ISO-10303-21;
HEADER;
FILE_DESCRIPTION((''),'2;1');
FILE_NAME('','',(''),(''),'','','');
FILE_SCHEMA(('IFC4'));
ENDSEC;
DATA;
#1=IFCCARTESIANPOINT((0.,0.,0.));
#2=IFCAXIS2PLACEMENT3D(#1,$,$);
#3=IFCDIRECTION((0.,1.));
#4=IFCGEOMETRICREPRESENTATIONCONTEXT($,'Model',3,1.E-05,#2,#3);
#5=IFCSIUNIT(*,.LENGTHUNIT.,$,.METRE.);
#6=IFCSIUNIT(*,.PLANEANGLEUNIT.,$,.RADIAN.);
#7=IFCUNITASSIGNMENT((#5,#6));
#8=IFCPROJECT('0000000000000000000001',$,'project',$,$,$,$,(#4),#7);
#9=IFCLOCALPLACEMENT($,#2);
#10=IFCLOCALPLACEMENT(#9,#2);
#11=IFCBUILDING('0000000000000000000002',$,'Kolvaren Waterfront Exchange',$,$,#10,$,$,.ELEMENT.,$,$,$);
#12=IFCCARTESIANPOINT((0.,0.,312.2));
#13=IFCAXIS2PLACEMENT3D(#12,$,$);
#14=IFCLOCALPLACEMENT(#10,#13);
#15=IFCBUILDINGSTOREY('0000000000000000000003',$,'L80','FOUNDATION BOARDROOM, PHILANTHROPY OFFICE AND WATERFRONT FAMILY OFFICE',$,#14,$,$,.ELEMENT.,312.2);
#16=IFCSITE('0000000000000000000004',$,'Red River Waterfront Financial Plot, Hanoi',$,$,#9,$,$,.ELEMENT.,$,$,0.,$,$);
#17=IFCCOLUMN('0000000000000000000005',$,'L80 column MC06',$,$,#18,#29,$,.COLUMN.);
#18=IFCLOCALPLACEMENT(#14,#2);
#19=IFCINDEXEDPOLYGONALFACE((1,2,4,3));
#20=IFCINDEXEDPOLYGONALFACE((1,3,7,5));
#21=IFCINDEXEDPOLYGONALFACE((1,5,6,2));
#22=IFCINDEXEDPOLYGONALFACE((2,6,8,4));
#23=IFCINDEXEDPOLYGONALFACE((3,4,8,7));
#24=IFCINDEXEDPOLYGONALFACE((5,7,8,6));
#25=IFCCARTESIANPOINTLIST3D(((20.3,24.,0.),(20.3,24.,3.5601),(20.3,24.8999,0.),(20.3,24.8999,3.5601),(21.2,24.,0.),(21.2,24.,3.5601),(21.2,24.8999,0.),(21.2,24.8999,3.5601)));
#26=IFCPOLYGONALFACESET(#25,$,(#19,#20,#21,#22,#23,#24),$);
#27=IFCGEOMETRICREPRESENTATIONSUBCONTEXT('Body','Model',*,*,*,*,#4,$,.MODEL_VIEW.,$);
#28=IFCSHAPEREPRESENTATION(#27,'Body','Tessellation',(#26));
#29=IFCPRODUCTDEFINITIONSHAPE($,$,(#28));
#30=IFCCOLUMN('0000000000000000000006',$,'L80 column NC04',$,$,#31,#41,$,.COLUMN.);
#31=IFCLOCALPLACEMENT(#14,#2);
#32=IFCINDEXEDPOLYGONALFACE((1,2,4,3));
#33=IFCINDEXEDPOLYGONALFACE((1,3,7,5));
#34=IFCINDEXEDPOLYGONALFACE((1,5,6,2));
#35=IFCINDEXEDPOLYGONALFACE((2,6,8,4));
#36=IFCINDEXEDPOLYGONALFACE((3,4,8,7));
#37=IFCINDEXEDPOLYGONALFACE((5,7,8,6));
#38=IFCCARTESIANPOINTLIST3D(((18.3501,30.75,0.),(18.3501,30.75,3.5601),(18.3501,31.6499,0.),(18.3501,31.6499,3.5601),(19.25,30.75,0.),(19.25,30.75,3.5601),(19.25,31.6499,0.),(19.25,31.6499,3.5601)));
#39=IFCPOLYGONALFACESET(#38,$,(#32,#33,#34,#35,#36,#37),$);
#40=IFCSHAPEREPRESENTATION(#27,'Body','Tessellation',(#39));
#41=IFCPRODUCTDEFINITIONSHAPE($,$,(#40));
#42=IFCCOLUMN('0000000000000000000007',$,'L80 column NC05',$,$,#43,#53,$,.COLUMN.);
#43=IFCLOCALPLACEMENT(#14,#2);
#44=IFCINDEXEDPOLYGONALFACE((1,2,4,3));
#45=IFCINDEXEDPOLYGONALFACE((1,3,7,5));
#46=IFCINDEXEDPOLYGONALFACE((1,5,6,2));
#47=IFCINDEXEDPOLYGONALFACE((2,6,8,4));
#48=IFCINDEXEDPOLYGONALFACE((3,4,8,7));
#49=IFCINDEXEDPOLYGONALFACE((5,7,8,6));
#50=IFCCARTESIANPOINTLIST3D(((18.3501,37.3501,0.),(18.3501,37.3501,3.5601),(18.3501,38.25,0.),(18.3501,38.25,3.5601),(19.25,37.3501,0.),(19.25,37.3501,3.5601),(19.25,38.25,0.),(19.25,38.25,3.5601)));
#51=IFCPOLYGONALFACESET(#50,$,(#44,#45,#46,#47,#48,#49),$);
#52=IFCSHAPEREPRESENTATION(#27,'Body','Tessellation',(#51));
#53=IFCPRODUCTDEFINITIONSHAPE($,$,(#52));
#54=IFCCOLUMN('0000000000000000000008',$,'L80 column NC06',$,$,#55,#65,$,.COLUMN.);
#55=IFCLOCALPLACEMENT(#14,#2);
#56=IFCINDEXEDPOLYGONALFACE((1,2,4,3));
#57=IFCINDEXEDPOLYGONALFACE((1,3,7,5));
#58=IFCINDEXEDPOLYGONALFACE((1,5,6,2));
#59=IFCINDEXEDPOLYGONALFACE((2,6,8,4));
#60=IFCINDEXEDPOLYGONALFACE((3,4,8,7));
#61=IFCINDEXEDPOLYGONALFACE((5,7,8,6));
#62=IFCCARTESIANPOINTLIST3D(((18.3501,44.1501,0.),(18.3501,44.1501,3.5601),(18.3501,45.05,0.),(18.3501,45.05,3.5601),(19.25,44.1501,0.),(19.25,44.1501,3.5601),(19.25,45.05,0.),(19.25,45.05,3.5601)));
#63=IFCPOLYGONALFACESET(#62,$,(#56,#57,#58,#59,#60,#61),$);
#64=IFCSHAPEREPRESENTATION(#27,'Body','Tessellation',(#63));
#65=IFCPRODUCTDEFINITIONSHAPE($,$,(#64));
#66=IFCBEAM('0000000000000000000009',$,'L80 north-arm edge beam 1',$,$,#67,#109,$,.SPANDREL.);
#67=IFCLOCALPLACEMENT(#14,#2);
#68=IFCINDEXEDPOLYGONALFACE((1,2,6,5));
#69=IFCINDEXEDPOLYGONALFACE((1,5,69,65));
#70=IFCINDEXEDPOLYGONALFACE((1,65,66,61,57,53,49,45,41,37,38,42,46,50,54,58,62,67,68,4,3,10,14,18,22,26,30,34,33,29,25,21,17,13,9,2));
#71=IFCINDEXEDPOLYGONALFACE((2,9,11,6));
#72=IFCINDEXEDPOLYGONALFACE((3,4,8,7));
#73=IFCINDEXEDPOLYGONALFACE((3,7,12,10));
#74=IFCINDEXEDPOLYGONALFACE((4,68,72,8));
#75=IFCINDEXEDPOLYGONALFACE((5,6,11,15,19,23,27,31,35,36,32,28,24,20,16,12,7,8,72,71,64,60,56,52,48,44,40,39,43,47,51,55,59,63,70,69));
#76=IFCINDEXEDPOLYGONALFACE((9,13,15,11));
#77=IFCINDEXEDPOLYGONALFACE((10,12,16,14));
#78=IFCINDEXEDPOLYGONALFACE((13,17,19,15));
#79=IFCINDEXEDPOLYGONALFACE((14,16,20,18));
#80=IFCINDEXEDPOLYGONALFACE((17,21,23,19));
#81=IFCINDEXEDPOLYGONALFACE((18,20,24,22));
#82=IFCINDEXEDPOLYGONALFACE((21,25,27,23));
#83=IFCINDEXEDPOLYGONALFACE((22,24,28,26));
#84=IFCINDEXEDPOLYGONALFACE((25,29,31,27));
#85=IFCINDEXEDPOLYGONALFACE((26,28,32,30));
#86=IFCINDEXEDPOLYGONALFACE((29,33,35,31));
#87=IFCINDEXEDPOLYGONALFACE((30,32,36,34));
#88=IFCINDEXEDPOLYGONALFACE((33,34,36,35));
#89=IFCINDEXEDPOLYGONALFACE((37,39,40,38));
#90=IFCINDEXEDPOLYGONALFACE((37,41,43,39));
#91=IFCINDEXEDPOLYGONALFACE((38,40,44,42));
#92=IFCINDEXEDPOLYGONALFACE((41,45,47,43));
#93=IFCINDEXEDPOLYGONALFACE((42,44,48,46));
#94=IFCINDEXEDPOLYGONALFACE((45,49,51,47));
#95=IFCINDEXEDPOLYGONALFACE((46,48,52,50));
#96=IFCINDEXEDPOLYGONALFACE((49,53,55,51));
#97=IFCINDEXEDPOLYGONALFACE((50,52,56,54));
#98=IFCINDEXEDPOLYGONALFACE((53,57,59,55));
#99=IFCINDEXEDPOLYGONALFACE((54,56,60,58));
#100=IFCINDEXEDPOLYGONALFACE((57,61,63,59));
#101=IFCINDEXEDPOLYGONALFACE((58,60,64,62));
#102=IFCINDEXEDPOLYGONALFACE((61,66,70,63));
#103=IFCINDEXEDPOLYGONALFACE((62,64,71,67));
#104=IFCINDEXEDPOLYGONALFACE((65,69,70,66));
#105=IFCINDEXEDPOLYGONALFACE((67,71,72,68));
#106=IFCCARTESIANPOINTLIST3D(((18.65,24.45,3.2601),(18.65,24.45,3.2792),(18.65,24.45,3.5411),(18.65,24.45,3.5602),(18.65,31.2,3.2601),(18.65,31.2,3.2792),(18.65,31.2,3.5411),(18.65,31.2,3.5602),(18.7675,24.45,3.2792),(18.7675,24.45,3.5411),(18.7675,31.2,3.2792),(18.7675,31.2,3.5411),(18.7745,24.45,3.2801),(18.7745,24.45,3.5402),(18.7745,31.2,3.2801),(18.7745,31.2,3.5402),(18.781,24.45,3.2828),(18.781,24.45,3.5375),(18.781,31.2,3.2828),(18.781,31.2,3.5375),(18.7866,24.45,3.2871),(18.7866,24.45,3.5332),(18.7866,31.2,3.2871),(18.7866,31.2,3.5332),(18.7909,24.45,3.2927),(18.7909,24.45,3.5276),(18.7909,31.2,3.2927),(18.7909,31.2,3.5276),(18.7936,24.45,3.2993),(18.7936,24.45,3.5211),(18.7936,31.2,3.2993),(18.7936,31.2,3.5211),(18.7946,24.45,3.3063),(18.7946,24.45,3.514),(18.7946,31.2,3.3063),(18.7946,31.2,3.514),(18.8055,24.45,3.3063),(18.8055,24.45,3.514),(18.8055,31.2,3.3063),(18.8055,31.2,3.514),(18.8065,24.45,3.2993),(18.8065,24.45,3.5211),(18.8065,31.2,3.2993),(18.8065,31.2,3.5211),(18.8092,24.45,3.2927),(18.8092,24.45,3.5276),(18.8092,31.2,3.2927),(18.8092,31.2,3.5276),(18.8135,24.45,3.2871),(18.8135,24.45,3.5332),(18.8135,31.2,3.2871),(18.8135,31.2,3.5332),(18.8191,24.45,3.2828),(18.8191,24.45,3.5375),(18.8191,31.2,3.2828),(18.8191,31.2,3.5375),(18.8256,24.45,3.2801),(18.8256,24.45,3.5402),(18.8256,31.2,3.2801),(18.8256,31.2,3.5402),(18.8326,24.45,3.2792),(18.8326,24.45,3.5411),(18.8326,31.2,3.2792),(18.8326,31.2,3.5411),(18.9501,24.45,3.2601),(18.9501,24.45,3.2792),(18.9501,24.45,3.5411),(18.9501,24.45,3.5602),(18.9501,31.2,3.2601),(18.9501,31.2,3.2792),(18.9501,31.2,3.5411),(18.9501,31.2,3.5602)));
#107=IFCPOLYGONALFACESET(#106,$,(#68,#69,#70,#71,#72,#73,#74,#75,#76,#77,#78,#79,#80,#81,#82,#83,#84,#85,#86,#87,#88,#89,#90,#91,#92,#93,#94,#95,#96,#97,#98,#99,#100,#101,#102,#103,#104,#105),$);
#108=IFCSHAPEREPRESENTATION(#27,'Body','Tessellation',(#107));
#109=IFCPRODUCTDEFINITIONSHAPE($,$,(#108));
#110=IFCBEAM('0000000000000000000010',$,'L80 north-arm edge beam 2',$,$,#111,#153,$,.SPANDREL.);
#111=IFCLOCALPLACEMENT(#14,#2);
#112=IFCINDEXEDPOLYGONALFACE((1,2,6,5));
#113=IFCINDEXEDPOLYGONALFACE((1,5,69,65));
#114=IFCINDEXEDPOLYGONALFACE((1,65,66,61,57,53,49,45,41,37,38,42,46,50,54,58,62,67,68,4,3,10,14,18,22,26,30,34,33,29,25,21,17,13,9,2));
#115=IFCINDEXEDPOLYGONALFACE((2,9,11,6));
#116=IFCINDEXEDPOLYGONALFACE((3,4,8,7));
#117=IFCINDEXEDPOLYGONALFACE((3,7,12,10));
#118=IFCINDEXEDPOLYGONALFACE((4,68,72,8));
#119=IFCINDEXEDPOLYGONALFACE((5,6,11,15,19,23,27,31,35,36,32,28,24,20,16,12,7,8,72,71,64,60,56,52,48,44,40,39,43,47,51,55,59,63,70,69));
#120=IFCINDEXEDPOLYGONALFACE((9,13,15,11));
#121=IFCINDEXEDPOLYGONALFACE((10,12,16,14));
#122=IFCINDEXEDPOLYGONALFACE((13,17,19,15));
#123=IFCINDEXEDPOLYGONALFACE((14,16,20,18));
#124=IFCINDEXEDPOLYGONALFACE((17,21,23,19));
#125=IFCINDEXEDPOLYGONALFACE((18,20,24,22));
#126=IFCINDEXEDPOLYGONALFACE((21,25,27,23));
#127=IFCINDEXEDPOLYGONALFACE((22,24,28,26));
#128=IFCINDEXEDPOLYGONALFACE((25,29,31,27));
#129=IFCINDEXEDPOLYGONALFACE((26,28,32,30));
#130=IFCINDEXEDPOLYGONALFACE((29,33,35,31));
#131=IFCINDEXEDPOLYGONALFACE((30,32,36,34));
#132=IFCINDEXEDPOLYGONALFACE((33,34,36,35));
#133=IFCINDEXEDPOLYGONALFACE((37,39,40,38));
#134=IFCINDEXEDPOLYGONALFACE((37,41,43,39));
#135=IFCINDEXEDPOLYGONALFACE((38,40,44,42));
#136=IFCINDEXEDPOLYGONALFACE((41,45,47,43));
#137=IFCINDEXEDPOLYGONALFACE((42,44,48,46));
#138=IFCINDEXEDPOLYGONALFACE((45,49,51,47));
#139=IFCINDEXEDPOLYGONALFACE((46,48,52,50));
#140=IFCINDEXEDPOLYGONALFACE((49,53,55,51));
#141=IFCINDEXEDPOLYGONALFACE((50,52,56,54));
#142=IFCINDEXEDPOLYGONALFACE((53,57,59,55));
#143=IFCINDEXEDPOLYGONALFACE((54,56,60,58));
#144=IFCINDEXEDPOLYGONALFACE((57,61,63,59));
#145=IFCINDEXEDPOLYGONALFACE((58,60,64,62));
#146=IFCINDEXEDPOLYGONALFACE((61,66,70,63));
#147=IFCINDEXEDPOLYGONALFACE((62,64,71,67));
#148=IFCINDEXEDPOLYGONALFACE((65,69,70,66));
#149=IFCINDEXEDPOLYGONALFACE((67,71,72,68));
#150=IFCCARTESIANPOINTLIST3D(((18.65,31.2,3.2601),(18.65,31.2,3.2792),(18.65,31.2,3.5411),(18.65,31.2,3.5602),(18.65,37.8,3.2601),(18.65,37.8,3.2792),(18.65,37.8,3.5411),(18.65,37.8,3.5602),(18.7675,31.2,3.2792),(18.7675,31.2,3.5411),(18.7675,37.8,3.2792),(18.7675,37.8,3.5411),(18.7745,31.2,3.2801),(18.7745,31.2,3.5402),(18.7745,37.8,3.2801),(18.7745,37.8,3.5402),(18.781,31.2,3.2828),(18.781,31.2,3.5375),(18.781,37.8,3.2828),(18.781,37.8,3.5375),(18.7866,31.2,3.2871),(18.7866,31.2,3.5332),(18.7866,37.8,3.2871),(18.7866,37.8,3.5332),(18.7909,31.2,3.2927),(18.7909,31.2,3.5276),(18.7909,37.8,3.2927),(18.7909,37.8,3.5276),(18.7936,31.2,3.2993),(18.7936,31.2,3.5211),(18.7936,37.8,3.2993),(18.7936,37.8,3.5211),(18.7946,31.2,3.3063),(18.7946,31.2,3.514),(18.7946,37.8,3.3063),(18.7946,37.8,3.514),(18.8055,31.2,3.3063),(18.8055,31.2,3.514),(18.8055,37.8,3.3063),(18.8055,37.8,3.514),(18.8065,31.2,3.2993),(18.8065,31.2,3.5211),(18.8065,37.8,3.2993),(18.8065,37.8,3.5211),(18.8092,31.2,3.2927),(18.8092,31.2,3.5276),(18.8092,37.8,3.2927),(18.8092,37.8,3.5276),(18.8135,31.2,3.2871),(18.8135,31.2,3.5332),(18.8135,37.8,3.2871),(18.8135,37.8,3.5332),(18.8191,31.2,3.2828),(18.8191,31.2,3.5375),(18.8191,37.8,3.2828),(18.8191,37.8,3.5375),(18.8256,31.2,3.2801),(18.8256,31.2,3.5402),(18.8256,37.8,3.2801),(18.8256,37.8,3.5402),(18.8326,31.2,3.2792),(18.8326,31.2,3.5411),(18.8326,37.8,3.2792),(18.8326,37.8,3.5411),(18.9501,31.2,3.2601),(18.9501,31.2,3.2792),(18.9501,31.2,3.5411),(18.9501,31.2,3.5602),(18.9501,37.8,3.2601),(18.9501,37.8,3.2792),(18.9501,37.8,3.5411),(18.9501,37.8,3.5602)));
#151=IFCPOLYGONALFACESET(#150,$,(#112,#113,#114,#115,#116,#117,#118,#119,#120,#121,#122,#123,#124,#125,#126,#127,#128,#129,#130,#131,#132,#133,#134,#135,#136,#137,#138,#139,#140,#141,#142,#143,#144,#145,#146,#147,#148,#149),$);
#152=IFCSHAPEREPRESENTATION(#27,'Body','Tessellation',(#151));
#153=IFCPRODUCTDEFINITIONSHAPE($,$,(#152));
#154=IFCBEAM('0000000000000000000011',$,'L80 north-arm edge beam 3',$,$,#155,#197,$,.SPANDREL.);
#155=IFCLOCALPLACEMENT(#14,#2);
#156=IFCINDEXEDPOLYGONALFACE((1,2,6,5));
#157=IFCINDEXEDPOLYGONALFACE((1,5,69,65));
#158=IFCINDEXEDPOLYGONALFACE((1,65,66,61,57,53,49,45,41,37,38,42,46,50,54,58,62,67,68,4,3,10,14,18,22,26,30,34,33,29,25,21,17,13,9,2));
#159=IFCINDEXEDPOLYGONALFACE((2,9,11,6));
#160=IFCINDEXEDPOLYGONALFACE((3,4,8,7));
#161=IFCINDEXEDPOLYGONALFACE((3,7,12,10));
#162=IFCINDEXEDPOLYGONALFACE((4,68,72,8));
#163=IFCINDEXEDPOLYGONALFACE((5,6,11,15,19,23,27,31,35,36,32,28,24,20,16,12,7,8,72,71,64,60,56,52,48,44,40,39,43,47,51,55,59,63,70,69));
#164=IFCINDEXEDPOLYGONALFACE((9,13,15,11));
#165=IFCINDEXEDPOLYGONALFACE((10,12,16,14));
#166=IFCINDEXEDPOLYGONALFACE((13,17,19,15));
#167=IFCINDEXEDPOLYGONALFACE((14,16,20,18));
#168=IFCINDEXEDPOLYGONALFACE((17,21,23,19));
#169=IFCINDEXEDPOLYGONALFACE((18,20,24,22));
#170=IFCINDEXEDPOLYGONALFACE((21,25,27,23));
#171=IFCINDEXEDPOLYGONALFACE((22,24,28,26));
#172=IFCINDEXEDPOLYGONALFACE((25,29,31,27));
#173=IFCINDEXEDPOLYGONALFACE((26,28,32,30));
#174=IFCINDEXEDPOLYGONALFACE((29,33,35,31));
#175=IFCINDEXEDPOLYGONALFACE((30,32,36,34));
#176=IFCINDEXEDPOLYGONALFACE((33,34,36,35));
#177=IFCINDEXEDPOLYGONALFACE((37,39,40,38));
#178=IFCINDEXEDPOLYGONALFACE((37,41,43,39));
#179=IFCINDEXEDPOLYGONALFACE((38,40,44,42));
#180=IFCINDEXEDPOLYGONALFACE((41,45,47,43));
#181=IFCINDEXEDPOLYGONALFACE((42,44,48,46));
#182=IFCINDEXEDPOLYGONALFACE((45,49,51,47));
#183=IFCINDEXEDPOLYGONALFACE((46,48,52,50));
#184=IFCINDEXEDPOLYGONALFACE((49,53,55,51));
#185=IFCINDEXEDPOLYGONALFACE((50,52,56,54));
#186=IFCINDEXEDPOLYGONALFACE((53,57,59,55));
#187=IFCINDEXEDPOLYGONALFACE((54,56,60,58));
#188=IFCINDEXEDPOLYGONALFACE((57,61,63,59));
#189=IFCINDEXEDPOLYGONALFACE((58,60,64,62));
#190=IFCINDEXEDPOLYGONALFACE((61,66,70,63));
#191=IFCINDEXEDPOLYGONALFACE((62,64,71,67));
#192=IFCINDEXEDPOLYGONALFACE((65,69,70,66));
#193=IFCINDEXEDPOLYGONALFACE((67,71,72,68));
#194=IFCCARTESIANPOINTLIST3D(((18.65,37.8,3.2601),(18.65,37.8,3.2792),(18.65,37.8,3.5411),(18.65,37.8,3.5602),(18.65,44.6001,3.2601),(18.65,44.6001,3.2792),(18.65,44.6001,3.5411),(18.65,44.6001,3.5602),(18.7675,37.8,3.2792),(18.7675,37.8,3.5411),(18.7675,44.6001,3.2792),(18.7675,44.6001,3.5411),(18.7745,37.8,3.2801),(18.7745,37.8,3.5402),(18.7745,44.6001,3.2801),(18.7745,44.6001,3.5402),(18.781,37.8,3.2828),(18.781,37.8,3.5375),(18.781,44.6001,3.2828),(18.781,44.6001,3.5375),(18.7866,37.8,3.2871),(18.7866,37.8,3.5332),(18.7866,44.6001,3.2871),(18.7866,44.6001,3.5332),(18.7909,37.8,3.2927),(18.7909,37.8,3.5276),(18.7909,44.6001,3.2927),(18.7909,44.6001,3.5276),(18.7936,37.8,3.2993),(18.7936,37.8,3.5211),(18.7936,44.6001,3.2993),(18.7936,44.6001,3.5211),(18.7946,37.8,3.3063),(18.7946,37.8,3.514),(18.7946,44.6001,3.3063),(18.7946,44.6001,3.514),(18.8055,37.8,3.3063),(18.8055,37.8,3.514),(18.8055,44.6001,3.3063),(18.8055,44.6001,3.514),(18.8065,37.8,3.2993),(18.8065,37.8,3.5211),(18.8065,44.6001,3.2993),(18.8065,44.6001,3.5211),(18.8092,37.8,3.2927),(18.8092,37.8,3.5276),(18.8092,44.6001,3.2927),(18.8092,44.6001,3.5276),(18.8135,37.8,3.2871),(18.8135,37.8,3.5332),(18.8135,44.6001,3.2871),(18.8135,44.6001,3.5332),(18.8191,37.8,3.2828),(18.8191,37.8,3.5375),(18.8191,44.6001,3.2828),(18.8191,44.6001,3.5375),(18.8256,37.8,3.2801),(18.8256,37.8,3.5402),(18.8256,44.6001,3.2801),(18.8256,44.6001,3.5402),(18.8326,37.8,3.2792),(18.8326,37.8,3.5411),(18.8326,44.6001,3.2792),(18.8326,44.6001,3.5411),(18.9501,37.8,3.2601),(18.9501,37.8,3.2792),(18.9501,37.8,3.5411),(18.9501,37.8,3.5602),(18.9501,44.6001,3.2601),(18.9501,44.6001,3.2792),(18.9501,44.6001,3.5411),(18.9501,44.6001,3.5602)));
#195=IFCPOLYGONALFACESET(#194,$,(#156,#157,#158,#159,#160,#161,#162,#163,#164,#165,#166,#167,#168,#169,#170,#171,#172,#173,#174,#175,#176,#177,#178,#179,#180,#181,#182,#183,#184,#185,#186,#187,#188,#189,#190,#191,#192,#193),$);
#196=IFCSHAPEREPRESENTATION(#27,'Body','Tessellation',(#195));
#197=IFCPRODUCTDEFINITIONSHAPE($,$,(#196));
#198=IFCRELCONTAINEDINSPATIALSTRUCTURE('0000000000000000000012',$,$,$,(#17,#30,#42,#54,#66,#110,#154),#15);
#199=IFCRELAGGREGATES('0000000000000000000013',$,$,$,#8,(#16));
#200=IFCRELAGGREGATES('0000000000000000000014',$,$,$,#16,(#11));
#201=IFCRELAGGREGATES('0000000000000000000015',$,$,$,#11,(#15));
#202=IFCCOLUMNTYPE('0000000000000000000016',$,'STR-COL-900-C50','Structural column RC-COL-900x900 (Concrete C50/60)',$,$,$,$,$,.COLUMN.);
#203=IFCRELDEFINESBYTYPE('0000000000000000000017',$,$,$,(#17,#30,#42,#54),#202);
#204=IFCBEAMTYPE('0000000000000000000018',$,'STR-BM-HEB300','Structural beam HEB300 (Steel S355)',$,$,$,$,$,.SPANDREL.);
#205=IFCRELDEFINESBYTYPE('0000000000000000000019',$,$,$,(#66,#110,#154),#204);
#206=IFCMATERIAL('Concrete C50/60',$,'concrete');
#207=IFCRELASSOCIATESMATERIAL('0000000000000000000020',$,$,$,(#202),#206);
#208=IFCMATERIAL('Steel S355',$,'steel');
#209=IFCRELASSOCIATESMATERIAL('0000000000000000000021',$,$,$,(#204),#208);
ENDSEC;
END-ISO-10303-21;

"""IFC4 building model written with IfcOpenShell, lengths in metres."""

from ifc_helpers import new_model, si_unit, direction, frame, origin, origin_2d, place, context, subcontext, project, spatial, rectangle, i_section, extrude, material, material_profile, profile_set, type_object, element, save


model = new_model("IFC4")

# Units and contexts
model_context = context("Model", 3, precision=1e-05, world=origin(), true_north=direction((0.0, 1.0)))
body_context = subcontext(model_context, "Body", "Model", "MODEL_VIEW")
ifc_project = project(units=[si_unit("LENGTHUNIT", "METRE"), si_unit("PLANEANGLEUNIT", "RADIAN")], contexts=[model_context])

# Site, building, storey
site_placement = place(None, origin())
site = spatial("IfcSite", under=ifc_project, at=site_placement, Name="Red River Waterfront Financial Plot, Hanoi", CompositionType="ELEMENT", RefElevation=0.0)
building_placement = place(site_placement, origin())
building = spatial("IfcBuilding", under=site, at=building_placement, Name="Kolvaren Waterfront Exchange", CompositionType="ELEMENT")
storey_placement = place(building_placement, frame((0.0, 0.0, 312.2)))
storey = spatial("IfcBuildingStorey", under=building, at=storey_placement, Name="L80", Description="FOUNDATION BOARDROOM, PHILANTHROPY OFFICE AND WATERFRONT FAMILY OFFICE", CompositionType="ELEMENT", Elevation=312.2)

# Columns
ifc_material_1 = material(Name="Concrete C50/60", Category="concrete")
ifc_material_profile_1 = material_profile(ifc_material_1, rectangle(XDim=0.8999, YDim=0.8999, at=origin_2d()), Name="RC-COL-900x900")
ifc_profile_set_1 = profile_set([ifc_material_profile_1], Name="Concrete C50/60")
column_type = type_object("IfcColumnType", Name="STR-COL-900-C50", Description="Structural column RC-COL-900x900 (Concrete C50/60)", PredefinedType="COLUMN", material=ifc_profile_set_1)
for number, where, z_axis, x_axis, name in (
    (1, (20.75, 24.45, 0.0), (0.0, 0.0, 1.0), (1.0, 0.0, 0.0), "L80 column MC06"),
    (2, (18.8, 31.2, 0.0), (0.0, 0.0, 1.0), (1.0, 0.0, 0.0), "L80 column NC04"),
    (3, (18.8, 37.8, 0.0), (0.0, 0.0, 1.0), (1.0, 0.0, 0.0), "L80 column NC05"),
    (4, (18.8, 44.6001, 0.0), (0.0, 0.0, 1.0), (1.0, 0.0, 0.0), "L80 column NC06"),
):
    element("IfcColumn", number, at=place(storey_placement, frame(where, z_axis=z_axis, x_axis=x_axis)), inside=storey, type_object=column_type, Name=name, PredefinedType="COLUMN", context=body_context, shape_type="SweptSolid", body=[
        extrude(rectangle(XDim=0.8999, YDim=0.8999, at=origin_2d()), origin(), (0.0, 0.0, 1.0), 3.5601),
    ])

# Beams
ifc_material_2 = material(Name="Steel S355", Category="steel")
ifc_material_profile_2 = material_profile(ifc_material_2, i_section(OverallWidth=0.3, OverallDepth=0.3, WebThickness=0.011, FlangeThickness=0.019, FilletRadius=0.0271, at=origin_2d()), Name="HEB300")
ifc_profile_set_2 = profile_set([ifc_material_profile_2], Name="Steel S355")
beam_type = type_object("IfcBeamType", Name="STR-BM-HEB300", Description="Structural beam HEB300 (Steel S355)", PredefinedType="SPANDREL", material=ifc_profile_set_2)
beam_1_placement = place(storey_placement, frame((18.8, 24.45, 3.4102), z_axis=(0.0, 1.0, 0.0), x_axis=(-1.0, 0.0, 0.0)))
element("IfcBeam", 5, at=beam_1_placement, inside=storey, type_object=beam_type, Name="L80 north-arm edge beam 1", PredefinedType="SPANDREL", context=body_context, shape_type="SweptSolid", body=[
    extrude(i_section(OverallWidth=0.3, OverallDepth=0.3, WebThickness=0.011, FlangeThickness=0.019, FilletRadius=0.0271, at=origin_2d()), origin(), (0.0, 0.0, 1.0), 6.75),
])
beam_2_placement = place(storey_placement, frame((18.8, 31.2, 3.4102), z_axis=(0.0, 1.0, 0.0), x_axis=(-1.0, 0.0, 0.0)))
element("IfcBeam", 6, at=beam_2_placement, inside=storey, type_object=beam_type, Name="L80 north-arm edge beam 2", PredefinedType="SPANDREL", context=body_context, shape_type="SweptSolid", body=[
    extrude(i_section(OverallWidth=0.3, OverallDepth=0.3, WebThickness=0.011, FlangeThickness=0.019, FilletRadius=0.0271, at=origin_2d()), origin(), (0.0, 0.0, 1.0), 6.6001),
])
beam_3_placement = place(storey_placement, frame((18.8, 37.8, 3.4102), z_axis=(0.0, 1.0, 0.0), x_axis=(-1.0, 0.0, 0.0)))
element("IfcBeam", 7, at=beam_3_placement, inside=storey, type_object=beam_type, Name="L80 north-arm edge beam 3", PredefinedType="SPANDREL", context=body_context, shape_type="SweptSolid", body=[
    extrude(i_section(OverallWidth=0.3, OverallDepth=0.3, WebThickness=0.011, FlangeThickness=0.019, FilletRadius=0.0271, at=origin_2d()), origin(), (0.0, 0.0, 1.0), 6.8),
])

save(model, "model.ifc")
